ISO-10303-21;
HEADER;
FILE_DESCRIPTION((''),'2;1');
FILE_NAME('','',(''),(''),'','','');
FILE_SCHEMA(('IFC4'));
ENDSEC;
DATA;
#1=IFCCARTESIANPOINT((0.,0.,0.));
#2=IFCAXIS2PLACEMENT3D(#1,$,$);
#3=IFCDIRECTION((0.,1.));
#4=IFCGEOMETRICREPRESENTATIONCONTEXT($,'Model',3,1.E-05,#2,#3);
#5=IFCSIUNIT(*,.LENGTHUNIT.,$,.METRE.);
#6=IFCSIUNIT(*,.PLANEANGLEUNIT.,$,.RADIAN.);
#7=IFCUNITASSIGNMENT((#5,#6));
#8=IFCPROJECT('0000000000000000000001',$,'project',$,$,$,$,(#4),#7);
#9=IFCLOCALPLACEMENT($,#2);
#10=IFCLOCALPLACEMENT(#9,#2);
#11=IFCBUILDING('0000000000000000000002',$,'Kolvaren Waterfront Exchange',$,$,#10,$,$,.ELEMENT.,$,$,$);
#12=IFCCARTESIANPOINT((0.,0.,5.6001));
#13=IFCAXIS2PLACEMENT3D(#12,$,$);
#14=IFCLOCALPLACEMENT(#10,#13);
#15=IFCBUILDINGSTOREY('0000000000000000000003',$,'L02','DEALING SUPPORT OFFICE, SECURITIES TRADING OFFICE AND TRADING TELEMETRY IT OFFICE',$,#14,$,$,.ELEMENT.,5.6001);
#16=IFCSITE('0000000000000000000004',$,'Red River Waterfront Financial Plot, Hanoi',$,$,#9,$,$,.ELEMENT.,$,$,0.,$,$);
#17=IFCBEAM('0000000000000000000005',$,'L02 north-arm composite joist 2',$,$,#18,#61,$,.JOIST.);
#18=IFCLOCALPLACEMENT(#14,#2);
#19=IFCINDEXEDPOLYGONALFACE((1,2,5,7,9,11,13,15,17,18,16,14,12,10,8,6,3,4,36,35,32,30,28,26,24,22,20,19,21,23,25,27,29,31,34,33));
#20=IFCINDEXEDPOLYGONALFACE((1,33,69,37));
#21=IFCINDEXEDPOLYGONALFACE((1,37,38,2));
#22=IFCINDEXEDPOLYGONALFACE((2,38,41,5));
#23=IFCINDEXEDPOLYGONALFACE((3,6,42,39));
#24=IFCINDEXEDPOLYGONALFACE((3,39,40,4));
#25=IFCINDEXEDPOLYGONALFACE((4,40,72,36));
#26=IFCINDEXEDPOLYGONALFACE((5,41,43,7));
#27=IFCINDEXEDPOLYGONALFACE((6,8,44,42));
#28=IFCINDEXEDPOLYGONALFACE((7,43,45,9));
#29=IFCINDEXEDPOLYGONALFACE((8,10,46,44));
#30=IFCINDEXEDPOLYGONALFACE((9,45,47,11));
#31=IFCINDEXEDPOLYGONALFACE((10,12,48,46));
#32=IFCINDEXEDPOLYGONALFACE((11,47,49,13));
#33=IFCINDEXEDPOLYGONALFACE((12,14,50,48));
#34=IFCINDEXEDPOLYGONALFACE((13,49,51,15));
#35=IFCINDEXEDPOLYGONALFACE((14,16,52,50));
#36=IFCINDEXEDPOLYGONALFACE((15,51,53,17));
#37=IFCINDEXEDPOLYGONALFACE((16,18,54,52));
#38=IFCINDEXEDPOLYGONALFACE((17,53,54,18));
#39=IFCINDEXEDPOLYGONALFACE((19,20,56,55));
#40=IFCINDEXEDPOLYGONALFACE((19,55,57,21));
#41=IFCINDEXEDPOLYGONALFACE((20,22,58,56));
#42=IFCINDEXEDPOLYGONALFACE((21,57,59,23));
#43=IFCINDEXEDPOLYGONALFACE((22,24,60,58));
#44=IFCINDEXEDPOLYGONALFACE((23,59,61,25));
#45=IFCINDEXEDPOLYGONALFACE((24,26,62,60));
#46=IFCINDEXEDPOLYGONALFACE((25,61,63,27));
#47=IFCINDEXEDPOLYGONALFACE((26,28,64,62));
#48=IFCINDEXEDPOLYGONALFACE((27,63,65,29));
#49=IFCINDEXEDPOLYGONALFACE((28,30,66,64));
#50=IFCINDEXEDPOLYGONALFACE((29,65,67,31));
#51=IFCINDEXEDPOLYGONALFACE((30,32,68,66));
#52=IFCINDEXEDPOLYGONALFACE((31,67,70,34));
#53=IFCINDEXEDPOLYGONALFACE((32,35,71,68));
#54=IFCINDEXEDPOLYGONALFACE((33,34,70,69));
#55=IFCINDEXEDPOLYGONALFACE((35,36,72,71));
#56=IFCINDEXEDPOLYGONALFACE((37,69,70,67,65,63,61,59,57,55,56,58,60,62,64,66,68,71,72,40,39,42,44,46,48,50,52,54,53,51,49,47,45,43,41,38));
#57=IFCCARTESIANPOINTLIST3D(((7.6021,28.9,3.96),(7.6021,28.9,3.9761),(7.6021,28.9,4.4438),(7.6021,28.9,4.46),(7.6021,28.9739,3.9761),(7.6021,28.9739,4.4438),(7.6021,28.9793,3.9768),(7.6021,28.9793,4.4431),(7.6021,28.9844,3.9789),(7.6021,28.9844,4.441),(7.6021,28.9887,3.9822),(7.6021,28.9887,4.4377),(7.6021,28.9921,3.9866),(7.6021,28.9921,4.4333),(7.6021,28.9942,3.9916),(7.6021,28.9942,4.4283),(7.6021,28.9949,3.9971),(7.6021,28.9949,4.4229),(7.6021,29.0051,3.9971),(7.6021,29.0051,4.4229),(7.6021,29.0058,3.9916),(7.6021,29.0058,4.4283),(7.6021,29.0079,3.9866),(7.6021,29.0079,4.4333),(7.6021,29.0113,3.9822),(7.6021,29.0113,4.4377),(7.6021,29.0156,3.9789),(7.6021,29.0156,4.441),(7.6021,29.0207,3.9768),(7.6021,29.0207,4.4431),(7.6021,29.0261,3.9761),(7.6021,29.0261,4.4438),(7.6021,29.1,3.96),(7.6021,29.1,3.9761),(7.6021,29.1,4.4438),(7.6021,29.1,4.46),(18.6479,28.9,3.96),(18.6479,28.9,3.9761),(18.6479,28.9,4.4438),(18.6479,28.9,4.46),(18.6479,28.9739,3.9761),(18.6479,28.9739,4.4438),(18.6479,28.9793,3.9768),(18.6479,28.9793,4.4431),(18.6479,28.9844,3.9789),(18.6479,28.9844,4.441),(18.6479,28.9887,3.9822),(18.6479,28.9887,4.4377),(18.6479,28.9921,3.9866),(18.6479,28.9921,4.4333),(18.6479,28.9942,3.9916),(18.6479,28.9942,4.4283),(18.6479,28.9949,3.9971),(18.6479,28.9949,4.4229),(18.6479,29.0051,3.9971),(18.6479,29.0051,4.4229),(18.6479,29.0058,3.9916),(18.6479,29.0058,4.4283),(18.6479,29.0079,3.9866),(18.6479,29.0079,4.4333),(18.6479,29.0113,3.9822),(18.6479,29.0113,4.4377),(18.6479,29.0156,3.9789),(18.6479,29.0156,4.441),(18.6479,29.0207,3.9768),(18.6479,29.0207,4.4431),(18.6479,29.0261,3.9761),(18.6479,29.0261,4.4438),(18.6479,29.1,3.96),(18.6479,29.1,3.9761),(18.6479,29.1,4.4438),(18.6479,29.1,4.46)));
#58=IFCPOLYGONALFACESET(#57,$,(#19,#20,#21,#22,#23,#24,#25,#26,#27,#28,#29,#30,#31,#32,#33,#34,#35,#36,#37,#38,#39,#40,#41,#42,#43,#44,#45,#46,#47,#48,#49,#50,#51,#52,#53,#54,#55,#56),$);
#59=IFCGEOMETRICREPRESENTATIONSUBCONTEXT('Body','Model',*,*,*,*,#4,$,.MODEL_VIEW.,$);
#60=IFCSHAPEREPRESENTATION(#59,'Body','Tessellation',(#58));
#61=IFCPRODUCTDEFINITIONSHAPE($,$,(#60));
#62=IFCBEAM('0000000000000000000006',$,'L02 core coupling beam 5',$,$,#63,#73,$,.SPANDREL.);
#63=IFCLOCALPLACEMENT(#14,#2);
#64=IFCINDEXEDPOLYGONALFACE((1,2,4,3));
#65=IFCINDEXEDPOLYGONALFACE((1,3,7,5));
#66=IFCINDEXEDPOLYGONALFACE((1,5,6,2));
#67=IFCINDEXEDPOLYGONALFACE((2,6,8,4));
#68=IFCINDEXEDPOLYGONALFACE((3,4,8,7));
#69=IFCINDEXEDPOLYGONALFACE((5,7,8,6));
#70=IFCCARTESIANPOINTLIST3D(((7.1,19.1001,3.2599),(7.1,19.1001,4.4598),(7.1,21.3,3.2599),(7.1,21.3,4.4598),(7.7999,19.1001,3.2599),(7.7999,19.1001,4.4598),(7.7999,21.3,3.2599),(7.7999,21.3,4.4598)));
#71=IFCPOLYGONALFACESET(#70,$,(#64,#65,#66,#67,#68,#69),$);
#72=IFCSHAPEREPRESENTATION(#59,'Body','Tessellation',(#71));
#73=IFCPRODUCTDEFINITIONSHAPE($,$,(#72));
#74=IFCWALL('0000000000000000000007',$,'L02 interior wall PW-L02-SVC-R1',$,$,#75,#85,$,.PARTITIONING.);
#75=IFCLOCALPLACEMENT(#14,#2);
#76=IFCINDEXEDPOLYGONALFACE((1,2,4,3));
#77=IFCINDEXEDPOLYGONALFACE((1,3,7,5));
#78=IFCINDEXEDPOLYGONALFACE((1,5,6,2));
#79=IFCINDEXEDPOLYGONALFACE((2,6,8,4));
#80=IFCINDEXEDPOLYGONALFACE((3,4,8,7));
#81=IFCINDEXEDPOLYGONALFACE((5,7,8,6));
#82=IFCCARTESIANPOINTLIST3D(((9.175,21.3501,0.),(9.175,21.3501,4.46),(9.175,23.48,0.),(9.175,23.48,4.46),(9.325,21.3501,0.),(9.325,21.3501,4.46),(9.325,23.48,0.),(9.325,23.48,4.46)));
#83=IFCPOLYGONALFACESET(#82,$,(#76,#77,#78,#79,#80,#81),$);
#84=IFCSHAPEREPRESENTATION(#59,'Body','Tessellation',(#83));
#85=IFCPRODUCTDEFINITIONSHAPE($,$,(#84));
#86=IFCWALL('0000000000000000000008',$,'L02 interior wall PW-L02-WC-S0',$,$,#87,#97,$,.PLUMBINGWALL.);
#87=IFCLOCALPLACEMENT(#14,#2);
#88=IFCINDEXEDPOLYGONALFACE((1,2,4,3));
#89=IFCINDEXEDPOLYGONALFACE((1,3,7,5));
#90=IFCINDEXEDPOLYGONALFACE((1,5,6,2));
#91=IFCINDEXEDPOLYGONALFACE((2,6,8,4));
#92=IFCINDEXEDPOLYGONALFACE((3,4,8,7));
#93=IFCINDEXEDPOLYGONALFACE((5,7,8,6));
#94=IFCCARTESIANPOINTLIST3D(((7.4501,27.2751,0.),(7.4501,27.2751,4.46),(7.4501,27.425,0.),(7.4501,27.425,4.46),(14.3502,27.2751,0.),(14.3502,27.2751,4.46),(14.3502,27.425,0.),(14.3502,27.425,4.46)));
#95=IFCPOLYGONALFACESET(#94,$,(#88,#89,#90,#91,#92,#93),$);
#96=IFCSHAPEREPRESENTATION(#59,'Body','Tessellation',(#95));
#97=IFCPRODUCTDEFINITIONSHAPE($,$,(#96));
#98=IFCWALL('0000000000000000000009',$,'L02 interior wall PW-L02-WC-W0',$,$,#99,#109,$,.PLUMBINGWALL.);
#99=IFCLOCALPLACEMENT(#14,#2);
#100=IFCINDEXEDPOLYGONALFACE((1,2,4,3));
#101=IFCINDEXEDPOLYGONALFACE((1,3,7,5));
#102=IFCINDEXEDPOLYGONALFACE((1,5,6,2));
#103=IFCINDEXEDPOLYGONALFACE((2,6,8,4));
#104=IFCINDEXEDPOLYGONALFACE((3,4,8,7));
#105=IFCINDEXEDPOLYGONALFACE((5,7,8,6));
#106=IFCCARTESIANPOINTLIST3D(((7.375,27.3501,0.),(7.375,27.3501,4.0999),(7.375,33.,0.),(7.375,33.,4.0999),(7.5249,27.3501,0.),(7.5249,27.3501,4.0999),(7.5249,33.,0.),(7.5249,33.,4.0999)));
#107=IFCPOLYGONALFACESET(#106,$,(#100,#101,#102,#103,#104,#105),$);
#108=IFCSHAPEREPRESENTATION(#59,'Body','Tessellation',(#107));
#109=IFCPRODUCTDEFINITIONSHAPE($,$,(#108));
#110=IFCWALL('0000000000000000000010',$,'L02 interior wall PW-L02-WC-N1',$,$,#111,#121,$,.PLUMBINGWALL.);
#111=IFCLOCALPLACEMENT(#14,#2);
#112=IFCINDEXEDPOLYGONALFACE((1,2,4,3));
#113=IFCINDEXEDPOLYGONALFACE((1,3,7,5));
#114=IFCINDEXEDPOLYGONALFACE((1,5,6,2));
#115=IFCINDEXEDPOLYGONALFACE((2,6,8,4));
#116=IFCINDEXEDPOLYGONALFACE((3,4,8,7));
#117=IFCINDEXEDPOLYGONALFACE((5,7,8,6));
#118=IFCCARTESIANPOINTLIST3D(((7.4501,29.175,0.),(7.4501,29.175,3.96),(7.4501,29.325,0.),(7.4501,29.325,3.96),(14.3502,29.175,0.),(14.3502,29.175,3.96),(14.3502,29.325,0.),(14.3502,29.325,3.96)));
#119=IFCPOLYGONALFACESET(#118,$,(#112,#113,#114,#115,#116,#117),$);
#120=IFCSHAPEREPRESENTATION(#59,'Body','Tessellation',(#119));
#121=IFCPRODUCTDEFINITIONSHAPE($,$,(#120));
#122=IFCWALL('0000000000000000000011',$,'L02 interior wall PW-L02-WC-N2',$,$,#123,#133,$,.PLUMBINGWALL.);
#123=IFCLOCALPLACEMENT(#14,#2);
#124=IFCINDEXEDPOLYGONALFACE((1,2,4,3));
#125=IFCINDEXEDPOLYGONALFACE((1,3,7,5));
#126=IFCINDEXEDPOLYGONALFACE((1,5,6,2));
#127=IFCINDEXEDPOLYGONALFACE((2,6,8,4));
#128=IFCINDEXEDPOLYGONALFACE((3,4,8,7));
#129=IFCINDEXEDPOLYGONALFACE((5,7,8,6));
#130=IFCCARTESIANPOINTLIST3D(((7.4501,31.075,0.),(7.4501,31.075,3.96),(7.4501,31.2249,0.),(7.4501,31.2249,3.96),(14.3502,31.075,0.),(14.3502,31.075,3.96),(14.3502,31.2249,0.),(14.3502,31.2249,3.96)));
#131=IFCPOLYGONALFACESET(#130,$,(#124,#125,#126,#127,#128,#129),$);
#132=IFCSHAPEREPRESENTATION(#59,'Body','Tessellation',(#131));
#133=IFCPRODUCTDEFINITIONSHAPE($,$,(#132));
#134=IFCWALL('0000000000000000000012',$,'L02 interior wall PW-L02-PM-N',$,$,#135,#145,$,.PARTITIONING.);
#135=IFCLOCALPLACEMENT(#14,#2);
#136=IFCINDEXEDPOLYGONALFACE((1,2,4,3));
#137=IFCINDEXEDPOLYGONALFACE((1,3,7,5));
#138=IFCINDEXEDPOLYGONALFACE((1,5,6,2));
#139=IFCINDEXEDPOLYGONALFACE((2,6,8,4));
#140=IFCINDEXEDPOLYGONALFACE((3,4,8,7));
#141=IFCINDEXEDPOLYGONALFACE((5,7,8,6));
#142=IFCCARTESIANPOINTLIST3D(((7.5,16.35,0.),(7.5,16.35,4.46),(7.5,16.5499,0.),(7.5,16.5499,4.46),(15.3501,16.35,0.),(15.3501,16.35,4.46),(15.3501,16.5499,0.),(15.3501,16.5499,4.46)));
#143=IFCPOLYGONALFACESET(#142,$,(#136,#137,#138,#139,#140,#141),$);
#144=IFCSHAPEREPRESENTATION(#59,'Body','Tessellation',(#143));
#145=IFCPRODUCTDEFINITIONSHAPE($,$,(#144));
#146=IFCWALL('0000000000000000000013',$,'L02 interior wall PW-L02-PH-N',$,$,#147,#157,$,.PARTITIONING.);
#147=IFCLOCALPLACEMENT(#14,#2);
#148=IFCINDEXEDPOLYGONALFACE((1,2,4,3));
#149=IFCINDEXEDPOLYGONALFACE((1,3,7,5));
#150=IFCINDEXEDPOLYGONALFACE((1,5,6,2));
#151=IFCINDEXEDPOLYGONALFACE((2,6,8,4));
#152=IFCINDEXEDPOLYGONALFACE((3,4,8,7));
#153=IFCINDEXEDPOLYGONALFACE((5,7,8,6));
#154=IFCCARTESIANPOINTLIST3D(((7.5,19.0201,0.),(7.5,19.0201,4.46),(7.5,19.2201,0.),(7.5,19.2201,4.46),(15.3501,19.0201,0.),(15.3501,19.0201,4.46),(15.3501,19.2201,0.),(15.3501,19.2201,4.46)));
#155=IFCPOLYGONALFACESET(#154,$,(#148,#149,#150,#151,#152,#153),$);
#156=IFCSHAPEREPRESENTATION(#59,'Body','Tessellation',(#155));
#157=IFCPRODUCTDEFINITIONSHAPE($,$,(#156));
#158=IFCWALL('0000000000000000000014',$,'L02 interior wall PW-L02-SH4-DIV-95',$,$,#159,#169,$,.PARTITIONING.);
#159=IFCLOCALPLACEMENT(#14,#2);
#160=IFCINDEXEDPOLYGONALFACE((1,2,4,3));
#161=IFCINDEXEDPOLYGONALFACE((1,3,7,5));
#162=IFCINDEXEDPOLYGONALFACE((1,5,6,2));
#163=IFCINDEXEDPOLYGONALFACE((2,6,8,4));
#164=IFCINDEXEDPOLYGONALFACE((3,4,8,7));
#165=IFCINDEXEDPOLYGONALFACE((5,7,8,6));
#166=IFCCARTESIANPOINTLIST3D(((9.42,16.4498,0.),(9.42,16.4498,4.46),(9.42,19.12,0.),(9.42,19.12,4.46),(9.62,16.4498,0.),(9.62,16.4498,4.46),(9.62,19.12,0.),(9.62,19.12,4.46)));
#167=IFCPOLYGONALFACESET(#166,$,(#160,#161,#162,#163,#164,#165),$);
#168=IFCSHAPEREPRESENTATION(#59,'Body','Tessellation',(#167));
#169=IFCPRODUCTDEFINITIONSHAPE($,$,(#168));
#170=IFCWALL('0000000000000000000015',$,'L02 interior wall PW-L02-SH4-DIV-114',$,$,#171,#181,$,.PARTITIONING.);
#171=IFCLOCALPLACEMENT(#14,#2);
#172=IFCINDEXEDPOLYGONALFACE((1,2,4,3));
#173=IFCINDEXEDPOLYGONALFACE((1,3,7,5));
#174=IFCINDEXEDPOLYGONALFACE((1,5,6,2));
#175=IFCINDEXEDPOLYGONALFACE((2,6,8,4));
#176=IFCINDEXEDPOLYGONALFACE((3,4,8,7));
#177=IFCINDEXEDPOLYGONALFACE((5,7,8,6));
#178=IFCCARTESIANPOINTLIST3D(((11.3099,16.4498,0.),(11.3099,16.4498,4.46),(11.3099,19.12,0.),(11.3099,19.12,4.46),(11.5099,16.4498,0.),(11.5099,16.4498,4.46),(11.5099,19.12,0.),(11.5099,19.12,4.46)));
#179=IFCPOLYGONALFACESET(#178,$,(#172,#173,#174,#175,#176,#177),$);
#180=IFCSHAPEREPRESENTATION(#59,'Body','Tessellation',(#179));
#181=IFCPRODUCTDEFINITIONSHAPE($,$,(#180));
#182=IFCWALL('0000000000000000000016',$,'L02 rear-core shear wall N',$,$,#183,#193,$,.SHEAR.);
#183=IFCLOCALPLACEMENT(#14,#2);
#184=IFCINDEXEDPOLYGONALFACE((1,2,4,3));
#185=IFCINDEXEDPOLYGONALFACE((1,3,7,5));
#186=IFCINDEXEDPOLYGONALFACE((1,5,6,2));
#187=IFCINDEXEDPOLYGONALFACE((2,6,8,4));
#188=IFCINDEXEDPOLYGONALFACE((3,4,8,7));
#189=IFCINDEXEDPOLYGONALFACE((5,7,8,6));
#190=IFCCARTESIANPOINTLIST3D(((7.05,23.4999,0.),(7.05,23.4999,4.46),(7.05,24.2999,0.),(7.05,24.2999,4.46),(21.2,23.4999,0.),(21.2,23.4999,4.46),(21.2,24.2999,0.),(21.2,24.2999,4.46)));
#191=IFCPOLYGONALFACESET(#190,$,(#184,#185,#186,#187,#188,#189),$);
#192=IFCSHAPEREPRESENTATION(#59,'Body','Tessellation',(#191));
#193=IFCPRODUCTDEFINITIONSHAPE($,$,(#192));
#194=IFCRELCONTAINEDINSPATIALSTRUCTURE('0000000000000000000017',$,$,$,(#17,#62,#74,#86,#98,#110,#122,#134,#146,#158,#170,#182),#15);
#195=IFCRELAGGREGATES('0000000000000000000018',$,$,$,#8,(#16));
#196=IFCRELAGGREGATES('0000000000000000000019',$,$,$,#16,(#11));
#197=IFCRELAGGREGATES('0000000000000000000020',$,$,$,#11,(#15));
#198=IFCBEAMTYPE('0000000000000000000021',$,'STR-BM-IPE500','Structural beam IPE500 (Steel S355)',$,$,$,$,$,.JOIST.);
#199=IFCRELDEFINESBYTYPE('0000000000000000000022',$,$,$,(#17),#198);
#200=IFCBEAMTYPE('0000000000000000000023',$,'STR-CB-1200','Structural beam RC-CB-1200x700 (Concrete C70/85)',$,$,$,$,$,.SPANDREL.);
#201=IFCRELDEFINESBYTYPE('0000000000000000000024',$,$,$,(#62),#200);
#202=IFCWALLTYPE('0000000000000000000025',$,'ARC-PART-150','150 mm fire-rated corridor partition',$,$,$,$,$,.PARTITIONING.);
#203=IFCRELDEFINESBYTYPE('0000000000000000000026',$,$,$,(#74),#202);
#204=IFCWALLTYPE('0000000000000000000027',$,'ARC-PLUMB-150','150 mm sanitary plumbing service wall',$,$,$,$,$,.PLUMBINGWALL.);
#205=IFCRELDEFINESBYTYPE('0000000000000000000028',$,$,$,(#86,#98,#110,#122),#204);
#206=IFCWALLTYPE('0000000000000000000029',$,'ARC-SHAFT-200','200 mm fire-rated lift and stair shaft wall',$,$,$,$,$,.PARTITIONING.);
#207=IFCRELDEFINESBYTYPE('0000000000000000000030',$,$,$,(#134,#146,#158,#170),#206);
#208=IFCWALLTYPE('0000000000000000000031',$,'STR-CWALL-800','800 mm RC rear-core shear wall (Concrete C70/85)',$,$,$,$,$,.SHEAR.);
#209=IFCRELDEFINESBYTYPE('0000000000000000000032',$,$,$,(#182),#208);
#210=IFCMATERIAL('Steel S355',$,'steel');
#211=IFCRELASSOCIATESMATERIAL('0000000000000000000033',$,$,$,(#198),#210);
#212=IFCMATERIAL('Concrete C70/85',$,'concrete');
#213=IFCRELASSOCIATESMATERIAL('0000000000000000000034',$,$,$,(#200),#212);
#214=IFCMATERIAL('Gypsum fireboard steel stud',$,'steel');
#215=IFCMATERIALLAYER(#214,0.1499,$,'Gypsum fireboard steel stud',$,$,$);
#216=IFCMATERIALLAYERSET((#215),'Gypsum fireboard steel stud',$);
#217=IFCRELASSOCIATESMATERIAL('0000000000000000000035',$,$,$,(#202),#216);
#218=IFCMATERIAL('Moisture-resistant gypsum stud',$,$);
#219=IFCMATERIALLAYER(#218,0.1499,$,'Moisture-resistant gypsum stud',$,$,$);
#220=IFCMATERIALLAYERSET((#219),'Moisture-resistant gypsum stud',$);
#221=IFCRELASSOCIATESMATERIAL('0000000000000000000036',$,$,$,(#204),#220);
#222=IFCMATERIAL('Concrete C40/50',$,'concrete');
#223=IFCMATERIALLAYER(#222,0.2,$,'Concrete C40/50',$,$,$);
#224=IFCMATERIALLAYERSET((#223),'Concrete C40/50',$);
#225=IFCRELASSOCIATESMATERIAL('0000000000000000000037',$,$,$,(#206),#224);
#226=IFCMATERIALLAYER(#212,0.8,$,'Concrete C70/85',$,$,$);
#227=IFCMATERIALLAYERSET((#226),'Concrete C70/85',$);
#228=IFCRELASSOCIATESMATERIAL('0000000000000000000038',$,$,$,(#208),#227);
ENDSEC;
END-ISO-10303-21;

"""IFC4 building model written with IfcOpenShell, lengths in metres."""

from ifc_helpers import new_model, si_unit, direction, frame, frame_2d, origin, origin_2d, place, context, subcontext, project, spatial, rectangle, i_section, extrude, material, layer, layer_set, material_profile, profile_set, type_object, element, save


model = new_model("IFC4")

# Units and contexts
model_context = context("Model", 3, precision=1e-05, world=origin(), true_north=direction((0.0, 1.0)))
body_context = subcontext(model_context, "Body", "Model", "MODEL_VIEW")
ifc_project = project(units=[si_unit("LENGTHUNIT", "METRE"), si_unit("PLANEANGLEUNIT", "RADIAN")], contexts=[model_context])

# Site, building, storey
site_placement = place(None, origin())
site = spatial("IfcSite", under=ifc_project, at=site_placement, Name="Red River Waterfront Financial Plot, Hanoi", CompositionType="ELEMENT", RefElevation=0.0)
building_placement = place(site_placement, origin())
building = spatial("IfcBuilding", under=site, at=building_placement, Name="Kolvaren Waterfront Exchange", CompositionType="ELEMENT")
storey_placement = place(building_placement, frame((0.0, 0.0, 5.6001)))
storey = spatial("IfcBuildingStorey", under=building, at=storey_placement, Name="L02", Description="DEALING SUPPORT OFFICE, SECURITIES TRADING OFFICE AND TRADING TELEMETRY IT OFFICE", CompositionType="ELEMENT", Elevation=5.6001)

# Shared definitions
ifc_material_1 = material(Name="Concrete C70/85", Category="concrete")

# Beams
ifc_material_2 = material(Name="Steel S355", Category="steel")
ifc_material_profile_1 = material_profile(ifc_material_2, i_section(OverallWidth=0.2, OverallDepth=0.5, WebThickness=0.0103, FlangeThickness=0.0161, FilletRadius=0.021, at=origin_2d()), Name="IPE500")
ifc_profile_set_1 = profile_set([ifc_material_profile_1], Name="Steel S355")
beam_type_1 = type_object("IfcBeamType", Name="STR-BM-IPE500", Description="Structural beam IPE500 (Steel S355)", PredefinedType="JOIST", material=ifc_profile_set_1)
for number, where, z_axis, x_axis, name in (
    (1, (7.6021, 29.0, 4.21), (1.0, 0.0, 0.0), (0.0, 1.0, 0.0), "L02 north-arm composite joist 2"),
):
    element("IfcBeam", number, at=place(storey_placement, frame(where, z_axis=z_axis, x_axis=x_axis)), inside=storey, type_object=beam_type_1, Name=name, PredefinedType="JOIST", context=body_context, shape_type="SweptSolid", body=[
        extrude(i_section(OverallWidth=0.2, OverallDepth=0.5, WebThickness=0.0103, FlangeThickness=0.0161, FilletRadius=0.021, at=origin_2d()), origin(), (0.0, 0.0, 1.0), 11.0459),
    ])
ifc_material_profile_2 = material_profile(ifc_material_1, rectangle(XDim=0.7, YDim=1.2, at=origin_2d()), Name="RC-CB-1200x700")
ifc_profile_set_2 = profile_set([ifc_material_profile_2], Name="Concrete C70/85")
beam_type_2 = type_object("IfcBeamType", Name="STR-CB-1200", Description="Structural beam RC-CB-1200x700 (Concrete C70/85)", PredefinedType="SPANDREL", material=ifc_profile_set_2)
beam_1_placement = place(storey_placement, frame((7.45, 19.1001, 3.8599), z_axis=(0.0, 1.0, 0.0), x_axis=(-1.0, 0.0, 0.0)))
element("IfcBeam", 2, at=beam_1_placement, inside=storey, type_object=beam_type_2, Name="L02 core coupling beam 5", PredefinedType="SPANDREL", context=body_context, shape_type="SweptSolid", body=[
    extrude(rectangle(XDim=0.7, YDim=1.2, at=origin_2d()), origin(), (0.0, 0.0, 1.0), 2.2),
])

# Wall
ifc_material_3 = material(Name="Gypsum fireboard steel stud", Category="steel")
ifc_layer_1 = layer(ifc_material_3, 0.1499, Name="Gypsum fireboard steel stud")
ifc_layer_set_1 = layer_set([ifc_layer_1], Name="Gypsum fireboard steel stud")
wall_type_1 = type_object("IfcWallType", Name="ARC-PART-150", Description="150 mm fire-rated corridor partition", PredefinedType="PARTITIONING", material=ifc_layer_set_1)
wall_1_placement = place(storey_placement, frame((9.25, 21.3501, 0.0), z_axis=(0.0, 0.0, 1.0), x_axis=(0.0, 1.0, 0.0)))
element("IfcWall", 3, at=wall_1_placement, inside=storey, type_object=wall_type_1, Name="L02 interior wall PW-L02-SVC-R1", PredefinedType="PARTITIONING", context=body_context, shape_type="SweptSolid", body=[
    extrude(rectangle(XDim=2.1299, YDim=0.1499, at=frame_2d((1.0649, 0.0))), origin(), (0.0, 0.0, 1.0), 4.46),
])

# Walls
ifc_material_4 = material(Name="Moisture-resistant gypsum stud")
ifc_layer_2 = layer(ifc_material_4, 0.1499, Name="Moisture-resistant gypsum stud")
ifc_layer_set_2 = layer_set([ifc_layer_2], Name="Moisture-resistant gypsum stud")
wall_type_2 = type_object("IfcWallType", Name="ARC-PLUMB-150", Description="150 mm sanitary plumbing service wall", PredefinedType="PLUMBINGWALL", material=ifc_layer_set_2)
wall_2_placement = place(storey_placement, frame((7.45, 27.3501, 0.0), z_axis=(0.0, 0.0, 1.0), x_axis=(1.0, 0.0, 0.0)))
element("IfcWall", 4, at=wall_2_placement, inside=storey, type_object=wall_type_2, Name="L02 interior wall PW-L02-WC-S0", PredefinedType="PLUMBINGWALL", context=body_context, shape_type="SweptSolid", body=[
    extrude(rectangle(XDim=6.9001, YDim=0.1499, at=frame_2d((3.4502, 0.0))), origin(), (0.0, 0.0, 1.0), 4.46),
])
wall_3_placement = place(storey_placement, frame((7.45, 27.3501, 0.0), z_axis=(0.0, 0.0, 1.0), x_axis=(0.0, 1.0, 0.0)))
element("IfcWall", 5, at=wall_3_placement, inside=storey, type_object=wall_type_2, Name="L02 interior wall PW-L02-WC-W0", PredefinedType="PLUMBINGWALL", context=body_context, shape_type="SweptSolid", body=[
    extrude(rectangle(XDim=5.6499, YDim=0.1499, at=frame_2d((2.825, 0.0))), origin(), (0.0, 0.0, 1.0), 4.0999),
])
for number, where, z_axis, x_axis, name in (
    (6, (7.45, 29.25, 0.0), (0.0, 0.0, 1.0), (1.0, 0.0, 0.0), "L02 interior wall PW-L02-WC-N1"),
    (7, (7.45, 31.1499, 0.0), (0.0, 0.0, 1.0), (1.0, 0.0, 0.0), "L02 interior wall PW-L02-WC-N2"),
):
    element("IfcWall", number, at=place(storey_placement, frame(where, z_axis=z_axis, x_axis=x_axis)), inside=storey, type_object=wall_type_2, Name=name, PredefinedType="PLUMBINGWALL", context=body_context, shape_type="SweptSolid", body=[
        extrude(rectangle(XDim=6.9001, YDim=0.1499, at=frame_2d((3.4502, 0.0))), origin(), (0.0, 0.0, 1.0), 3.96),
    ])
ifc_material_5 = material(Name="Concrete C40/50", Category="concrete")
ifc_layer_3 = layer(ifc_material_5, 0.2, Name="Concrete C40/50")
ifc_layer_set_3 = layer_set([ifc_layer_3], Name="Concrete C40/50")
wall_type_3 = type_object("IfcWallType", Name="ARC-SHAFT-200", Description="200 mm fire-rated lift and stair shaft wall", PredefinedType="PARTITIONING", material=ifc_layer_set_3)
for number, where, z_axis, x_axis, name in (
    (8, (7.5, 16.45, 0.0), (0.0, 0.0, 1.0), (1.0, 0.0, 0.0), "L02 interior wall PW-L02-PM-N"),
    (9, (7.5, 19.1201, 0.0), (0.0, 0.0, 1.0), (1.0, 0.0, 0.0), "L02 interior wall PW-L02-PH-N"),
):
    element("IfcWall", number, at=place(storey_placement, frame(where, z_axis=z_axis, x_axis=x_axis)), inside=storey, type_object=wall_type_3, Name=name, PredefinedType="PARTITIONING", context=body_context, shape_type="SweptSolid", body=[
        extrude(rectangle(XDim=7.8501, YDim=0.2, at=frame_2d((3.925, 0.0))), origin(), (0.0, 0.0, 1.0), 4.46),
    ])
for number, where, z_axis, x_axis, name in (
    (10, (9.52, 16.45, 0.0), (0.0, 0.0, 1.0), (0.0, 1.0, 0.0), "L02 interior wall PW-L02-SH4-DIV-95"),
    (11, (11.4099, 16.45, 0.0), (0.0, 0.0, 1.0), (0.0, 1.0, 0.0), "L02 interior wall PW-L02-SH4-DIV-114"),
):
    element("IfcWall", number, at=place(storey_placement, frame(where, z_axis=z_axis, x_axis=x_axis)), inside=storey, type_object=wall_type_3, Name=name, PredefinedType="PARTITIONING", context=body_context, shape_type="SweptSolid", body=[
        extrude(rectangle(XDim=2.6702, YDim=0.2, at=frame_2d((1.335, 0.0))), origin(), (0.0, 0.0, 1.0), 4.46),
    ])
ifc_layer_4 = layer(ifc_material_1, 0.8, Name="Concrete C70/85")
ifc_layer_set_4 = layer_set([ifc_layer_4], Name="Concrete C70/85")
wall_type_4 = type_object("IfcWallType", Name="STR-CWALL-800", Description="800 mm RC rear-core shear wall (Concrete C70/85)", PredefinedType="SHEAR", material=ifc_layer_set_4)
wall_4_placement = place(storey_placement, frame((7.05, 23.8999, 0.0), z_axis=(0.0, 0.0, 1.0), x_axis=(1.0, 0.0, 0.0)))
element("IfcWall", 12, at=wall_4_placement, inside=storey, type_object=wall_type_4, Name="L02 rear-core shear wall N", PredefinedType="SHEAR", context=body_context, shape_type="SweptSolid", body=[
    extrude(rectangle(XDim=14.1499, YDim=0.8, at=frame_2d((7.075, 0.0))), origin(), (0.0, 0.0, 1.0), 4.46),
])

save(model, "model.ifc")
